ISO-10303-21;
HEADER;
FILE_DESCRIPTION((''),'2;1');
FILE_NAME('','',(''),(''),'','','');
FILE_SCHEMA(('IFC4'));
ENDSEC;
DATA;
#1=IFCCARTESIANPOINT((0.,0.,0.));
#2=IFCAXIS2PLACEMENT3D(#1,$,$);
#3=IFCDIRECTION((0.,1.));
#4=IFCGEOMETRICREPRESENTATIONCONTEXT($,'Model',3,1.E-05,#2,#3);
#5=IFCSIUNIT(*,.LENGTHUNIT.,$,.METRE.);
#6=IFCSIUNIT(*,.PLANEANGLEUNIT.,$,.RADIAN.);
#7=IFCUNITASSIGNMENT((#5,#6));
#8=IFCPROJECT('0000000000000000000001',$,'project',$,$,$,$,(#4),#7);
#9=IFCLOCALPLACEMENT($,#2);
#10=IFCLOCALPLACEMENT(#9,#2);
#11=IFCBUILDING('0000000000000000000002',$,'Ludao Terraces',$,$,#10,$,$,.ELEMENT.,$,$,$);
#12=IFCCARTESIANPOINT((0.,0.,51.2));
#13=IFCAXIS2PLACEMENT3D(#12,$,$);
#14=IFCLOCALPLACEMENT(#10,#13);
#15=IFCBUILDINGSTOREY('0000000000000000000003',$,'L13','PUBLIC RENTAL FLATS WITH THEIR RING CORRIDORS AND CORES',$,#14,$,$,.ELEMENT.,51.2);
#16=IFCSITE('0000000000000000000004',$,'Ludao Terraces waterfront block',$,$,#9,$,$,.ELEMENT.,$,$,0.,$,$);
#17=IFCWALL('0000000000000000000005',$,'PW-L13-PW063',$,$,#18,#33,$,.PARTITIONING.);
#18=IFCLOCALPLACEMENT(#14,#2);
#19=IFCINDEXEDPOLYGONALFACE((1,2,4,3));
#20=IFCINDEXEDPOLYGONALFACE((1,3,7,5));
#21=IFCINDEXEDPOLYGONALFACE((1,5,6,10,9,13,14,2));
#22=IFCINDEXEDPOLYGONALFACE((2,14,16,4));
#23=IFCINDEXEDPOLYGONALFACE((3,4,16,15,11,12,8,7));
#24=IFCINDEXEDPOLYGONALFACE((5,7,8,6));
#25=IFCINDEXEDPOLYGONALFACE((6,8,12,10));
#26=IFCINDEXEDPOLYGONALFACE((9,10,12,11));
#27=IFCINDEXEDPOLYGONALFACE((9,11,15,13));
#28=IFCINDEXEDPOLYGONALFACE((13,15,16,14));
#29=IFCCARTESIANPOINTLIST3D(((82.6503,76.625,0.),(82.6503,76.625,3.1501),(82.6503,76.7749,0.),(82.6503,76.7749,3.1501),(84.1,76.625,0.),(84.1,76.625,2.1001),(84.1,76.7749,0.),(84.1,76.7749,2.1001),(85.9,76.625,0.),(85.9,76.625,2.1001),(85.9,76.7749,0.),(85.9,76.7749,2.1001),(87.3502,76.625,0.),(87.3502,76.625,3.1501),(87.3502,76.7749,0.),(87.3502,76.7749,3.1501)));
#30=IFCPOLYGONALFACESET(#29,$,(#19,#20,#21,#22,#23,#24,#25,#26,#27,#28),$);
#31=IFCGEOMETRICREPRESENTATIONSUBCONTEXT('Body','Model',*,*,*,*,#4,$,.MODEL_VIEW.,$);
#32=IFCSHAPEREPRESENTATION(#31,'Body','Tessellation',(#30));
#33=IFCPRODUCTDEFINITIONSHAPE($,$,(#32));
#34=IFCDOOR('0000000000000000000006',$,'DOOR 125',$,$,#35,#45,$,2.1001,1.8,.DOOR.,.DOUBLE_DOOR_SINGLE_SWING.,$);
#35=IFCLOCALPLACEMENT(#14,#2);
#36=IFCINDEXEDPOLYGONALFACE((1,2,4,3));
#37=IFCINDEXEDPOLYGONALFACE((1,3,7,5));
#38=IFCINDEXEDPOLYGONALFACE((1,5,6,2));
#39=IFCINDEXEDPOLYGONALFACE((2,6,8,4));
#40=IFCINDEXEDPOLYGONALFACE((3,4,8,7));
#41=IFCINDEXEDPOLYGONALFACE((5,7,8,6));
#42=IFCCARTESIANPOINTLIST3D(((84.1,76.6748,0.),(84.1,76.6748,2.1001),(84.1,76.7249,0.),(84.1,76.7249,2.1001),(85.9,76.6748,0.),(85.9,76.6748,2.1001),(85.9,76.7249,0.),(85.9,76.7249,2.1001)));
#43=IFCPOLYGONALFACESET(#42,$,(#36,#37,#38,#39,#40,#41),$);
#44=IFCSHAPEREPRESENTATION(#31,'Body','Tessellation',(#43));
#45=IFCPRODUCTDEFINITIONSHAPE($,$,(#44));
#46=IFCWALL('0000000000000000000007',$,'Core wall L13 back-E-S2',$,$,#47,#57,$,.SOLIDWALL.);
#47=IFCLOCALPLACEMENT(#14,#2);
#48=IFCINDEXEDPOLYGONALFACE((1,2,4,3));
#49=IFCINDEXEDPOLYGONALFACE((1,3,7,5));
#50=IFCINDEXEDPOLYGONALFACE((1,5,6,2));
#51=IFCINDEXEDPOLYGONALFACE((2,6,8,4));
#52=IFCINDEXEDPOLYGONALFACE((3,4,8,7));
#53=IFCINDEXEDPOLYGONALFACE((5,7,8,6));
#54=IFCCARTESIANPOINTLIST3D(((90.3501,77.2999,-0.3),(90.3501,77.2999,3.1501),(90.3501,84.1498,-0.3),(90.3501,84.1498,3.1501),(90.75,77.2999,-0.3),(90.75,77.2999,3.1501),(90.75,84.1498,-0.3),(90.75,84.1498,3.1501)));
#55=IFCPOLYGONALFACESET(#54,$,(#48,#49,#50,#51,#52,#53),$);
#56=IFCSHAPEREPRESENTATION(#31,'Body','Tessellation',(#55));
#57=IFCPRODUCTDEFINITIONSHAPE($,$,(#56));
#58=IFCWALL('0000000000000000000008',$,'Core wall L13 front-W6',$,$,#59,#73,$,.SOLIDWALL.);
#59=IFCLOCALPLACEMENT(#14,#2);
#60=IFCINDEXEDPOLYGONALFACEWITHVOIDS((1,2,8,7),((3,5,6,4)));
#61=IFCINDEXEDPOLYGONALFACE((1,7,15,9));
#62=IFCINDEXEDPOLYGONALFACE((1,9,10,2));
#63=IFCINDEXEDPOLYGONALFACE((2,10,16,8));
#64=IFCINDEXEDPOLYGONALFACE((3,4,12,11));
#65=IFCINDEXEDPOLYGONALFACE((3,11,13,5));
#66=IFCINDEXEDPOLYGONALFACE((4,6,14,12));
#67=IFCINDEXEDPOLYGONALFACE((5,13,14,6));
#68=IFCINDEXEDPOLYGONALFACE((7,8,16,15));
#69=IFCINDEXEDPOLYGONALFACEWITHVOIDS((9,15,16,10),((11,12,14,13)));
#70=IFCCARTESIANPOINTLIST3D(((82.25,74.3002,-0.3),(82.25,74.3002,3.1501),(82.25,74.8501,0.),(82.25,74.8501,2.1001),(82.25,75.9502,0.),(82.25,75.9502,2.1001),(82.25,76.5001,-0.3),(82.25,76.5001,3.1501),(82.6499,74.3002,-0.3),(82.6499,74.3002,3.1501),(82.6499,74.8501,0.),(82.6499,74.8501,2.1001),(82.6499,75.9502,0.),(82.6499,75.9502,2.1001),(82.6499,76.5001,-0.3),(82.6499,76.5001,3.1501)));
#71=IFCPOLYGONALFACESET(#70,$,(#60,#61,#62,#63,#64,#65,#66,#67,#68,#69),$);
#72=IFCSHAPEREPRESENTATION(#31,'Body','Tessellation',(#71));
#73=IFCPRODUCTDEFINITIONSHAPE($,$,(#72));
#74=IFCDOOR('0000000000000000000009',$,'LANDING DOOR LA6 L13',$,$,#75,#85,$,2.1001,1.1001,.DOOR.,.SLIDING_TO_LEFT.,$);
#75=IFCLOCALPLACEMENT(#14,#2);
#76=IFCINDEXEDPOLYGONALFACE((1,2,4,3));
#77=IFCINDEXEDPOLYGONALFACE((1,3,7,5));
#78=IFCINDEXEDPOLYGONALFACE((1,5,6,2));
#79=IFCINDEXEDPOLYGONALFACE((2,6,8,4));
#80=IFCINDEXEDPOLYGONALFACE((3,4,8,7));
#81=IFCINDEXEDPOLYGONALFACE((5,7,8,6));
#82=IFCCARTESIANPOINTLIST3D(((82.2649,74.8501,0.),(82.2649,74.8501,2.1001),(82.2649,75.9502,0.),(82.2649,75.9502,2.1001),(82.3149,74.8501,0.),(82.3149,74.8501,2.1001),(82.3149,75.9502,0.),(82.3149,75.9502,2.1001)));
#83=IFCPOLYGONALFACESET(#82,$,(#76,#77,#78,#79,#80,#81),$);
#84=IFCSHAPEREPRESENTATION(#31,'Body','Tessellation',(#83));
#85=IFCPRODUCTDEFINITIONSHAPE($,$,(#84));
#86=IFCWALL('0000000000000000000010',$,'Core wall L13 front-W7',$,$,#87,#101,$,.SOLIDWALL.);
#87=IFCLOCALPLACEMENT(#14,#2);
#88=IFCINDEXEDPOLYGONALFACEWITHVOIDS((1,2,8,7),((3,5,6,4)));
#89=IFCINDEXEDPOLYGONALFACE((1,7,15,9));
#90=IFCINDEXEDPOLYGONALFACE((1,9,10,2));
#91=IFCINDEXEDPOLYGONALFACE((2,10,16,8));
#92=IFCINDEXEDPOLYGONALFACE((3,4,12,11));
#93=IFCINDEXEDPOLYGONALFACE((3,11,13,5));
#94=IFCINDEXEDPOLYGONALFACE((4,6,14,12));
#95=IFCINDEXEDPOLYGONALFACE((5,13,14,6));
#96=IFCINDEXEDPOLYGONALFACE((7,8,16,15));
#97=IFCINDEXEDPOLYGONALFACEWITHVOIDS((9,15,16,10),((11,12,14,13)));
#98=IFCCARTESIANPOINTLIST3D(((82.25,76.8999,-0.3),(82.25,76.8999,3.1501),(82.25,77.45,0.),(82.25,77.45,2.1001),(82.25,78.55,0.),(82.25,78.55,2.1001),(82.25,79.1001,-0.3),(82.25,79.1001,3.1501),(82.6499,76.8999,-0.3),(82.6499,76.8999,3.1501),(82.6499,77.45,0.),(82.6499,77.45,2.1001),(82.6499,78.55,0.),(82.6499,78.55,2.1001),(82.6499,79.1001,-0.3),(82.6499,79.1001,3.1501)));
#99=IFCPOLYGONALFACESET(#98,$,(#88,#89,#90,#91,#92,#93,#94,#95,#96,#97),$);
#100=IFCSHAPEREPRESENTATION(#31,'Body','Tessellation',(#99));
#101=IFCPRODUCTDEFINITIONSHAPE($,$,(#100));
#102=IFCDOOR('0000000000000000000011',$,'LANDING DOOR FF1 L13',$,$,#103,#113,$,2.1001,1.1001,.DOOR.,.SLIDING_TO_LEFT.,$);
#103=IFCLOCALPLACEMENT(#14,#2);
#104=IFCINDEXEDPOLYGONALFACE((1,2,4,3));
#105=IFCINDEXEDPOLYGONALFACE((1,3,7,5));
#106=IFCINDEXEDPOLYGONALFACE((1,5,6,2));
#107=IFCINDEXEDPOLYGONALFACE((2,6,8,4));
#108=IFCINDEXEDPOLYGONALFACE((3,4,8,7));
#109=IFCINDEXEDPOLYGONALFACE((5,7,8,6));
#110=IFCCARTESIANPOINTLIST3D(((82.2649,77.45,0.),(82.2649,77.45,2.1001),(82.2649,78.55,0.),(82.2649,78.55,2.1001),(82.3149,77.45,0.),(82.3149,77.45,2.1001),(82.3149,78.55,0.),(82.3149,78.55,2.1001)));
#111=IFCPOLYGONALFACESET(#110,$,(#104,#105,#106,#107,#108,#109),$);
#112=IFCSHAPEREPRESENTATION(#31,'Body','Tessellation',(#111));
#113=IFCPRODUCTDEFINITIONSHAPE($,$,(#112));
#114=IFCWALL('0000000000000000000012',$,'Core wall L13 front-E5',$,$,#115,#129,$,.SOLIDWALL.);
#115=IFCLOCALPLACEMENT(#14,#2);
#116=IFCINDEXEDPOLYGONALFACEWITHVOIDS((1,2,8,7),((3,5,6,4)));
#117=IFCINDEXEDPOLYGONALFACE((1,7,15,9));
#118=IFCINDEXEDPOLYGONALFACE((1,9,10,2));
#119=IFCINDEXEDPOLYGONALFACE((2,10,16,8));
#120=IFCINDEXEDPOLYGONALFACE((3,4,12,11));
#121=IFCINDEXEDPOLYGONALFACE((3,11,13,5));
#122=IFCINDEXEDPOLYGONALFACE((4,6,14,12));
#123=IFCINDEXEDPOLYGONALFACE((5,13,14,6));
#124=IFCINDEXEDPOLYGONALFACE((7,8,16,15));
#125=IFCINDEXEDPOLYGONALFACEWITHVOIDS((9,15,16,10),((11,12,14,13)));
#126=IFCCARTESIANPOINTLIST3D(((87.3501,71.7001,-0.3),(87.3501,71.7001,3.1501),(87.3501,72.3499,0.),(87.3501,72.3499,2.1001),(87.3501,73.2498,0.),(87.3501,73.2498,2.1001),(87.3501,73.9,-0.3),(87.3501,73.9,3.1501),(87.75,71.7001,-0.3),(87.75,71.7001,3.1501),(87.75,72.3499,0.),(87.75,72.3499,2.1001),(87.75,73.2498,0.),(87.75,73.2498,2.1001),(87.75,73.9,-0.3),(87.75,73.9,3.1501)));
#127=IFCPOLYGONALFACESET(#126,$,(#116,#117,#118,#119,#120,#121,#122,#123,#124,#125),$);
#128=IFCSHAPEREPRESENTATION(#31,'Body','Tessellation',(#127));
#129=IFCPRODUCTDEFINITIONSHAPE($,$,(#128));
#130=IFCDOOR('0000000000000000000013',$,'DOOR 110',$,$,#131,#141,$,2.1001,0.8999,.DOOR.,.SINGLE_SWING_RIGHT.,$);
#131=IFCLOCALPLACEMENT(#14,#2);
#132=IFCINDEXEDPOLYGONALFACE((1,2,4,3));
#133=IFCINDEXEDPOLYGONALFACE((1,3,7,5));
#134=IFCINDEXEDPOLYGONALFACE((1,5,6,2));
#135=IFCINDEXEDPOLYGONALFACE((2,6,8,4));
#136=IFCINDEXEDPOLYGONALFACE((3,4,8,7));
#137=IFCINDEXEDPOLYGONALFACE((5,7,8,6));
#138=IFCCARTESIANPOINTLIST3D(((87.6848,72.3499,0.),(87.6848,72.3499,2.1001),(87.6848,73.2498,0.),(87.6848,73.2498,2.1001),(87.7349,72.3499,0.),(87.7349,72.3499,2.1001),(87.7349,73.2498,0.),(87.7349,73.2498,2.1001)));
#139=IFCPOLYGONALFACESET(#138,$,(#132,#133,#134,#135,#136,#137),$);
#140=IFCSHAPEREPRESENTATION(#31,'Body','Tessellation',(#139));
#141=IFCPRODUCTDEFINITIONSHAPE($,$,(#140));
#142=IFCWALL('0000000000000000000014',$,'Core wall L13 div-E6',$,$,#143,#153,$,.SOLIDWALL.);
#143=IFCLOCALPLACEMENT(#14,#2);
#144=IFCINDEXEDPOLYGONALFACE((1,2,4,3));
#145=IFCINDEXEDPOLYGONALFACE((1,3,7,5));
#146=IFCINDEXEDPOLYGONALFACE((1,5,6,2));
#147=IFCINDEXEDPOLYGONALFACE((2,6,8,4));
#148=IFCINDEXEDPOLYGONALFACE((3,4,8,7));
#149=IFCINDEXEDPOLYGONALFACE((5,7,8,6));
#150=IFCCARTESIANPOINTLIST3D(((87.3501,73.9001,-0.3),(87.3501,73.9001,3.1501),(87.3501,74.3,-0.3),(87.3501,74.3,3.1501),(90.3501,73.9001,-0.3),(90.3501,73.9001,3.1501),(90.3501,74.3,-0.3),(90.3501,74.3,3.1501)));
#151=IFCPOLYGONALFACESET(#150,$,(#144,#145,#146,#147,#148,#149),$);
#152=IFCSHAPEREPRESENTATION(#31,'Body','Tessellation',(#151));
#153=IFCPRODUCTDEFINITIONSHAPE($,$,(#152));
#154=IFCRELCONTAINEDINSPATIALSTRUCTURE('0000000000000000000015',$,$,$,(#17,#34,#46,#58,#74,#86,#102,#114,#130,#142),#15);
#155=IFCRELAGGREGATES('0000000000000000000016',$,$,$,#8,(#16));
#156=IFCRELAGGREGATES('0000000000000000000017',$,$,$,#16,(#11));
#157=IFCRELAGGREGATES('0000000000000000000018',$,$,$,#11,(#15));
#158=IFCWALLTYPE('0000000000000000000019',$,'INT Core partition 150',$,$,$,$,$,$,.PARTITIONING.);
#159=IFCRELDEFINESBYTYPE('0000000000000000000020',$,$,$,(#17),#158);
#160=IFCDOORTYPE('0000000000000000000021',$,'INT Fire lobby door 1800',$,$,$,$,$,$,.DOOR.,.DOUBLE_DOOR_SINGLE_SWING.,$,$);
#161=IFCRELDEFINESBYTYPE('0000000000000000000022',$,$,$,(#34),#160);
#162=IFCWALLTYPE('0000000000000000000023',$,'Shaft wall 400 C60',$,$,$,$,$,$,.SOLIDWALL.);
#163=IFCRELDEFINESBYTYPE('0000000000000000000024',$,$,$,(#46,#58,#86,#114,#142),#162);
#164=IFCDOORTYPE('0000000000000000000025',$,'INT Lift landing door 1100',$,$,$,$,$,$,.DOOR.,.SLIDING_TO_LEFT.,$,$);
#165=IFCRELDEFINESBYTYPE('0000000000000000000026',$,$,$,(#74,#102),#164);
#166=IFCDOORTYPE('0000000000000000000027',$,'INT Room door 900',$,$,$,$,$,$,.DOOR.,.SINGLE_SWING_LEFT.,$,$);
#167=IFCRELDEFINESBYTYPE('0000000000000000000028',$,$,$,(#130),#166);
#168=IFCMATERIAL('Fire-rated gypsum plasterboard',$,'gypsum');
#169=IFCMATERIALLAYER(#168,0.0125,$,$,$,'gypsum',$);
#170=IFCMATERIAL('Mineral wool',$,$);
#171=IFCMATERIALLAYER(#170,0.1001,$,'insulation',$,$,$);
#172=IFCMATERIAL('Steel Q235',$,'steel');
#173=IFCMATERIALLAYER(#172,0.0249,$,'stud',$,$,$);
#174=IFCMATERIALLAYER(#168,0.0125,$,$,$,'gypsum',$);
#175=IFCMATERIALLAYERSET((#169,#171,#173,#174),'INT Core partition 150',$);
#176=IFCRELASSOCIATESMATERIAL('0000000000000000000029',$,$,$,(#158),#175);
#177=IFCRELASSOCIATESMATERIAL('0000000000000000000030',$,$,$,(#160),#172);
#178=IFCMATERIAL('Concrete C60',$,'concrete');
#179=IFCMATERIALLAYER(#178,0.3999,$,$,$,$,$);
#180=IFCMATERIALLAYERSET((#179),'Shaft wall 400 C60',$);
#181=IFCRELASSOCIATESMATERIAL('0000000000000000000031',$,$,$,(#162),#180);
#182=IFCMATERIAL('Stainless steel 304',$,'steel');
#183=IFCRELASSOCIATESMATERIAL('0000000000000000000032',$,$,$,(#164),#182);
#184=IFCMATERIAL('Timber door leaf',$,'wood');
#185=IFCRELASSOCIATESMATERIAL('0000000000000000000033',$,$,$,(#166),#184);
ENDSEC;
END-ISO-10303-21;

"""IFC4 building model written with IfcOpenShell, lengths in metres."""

from ifc_helpers import new_model, si_unit, direction, frame, frame_2d, origin, place, context, subcontext, project, spatial, rectangle, extrude, material, layer, layer_set, type_object, element, fill, save


model = new_model("IFC4")

# Units and contexts
model_context = context("Model", 3, precision=1e-05, world=origin(), true_north=direction((0.0, 1.0)))
body_context = subcontext(model_context, "Body", "Model", "MODEL_VIEW")
ifc_project = project(units=[si_unit("LENGTHUNIT", "METRE"), si_unit("PLANEANGLEUNIT", "RADIAN")], contexts=[model_context])

# Site, building, storey
site_placement = place(None, origin())
site = spatial("IfcSite", under=ifc_project, at=site_placement, Name="Ludao Terraces waterfront block", CompositionType="ELEMENT", RefElevation=0.0)
building_placement = place(site_placement, origin())
building = spatial("IfcBuilding", under=site, at=building_placement, Name="Ludao Terraces", CompositionType="ELEMENT")
storey_placement = place(building_placement, frame((0.0, 0.0, 51.2)))
storey = spatial("IfcBuildingStorey", under=building, at=storey_placement, Name="L13", Description="PUBLIC RENTAL FLATS WITH THEIR RING CORRIDORS AND CORES", CompositionType="ELEMENT", Elevation=51.2)

# Wall, opening, door
ifc_material_1 = material(Name="Fire-rated gypsum plasterboard", Category="gypsum")
ifc_layer_1 = layer(ifc_material_1, 0.0125, Category="gypsum")
ifc_material_2 = material(Name="Mineral wool")
ifc_layer_2 = layer(ifc_material_2, 0.1001, Name="insulation")
ifc_material_3 = material(Name="Steel Q235", Category="steel")
ifc_layer_3 = layer(ifc_material_3, 0.0249, Name="stud")
ifc_layer_4 = layer(ifc_material_1, 0.0125, Category="gypsum")
ifc_layer_set_1 = layer_set([ifc_layer_1, ifc_layer_2, ifc_layer_3, ifc_layer_4], Name="INT Core partition 150")
wall_type_1 = type_object("IfcWallType", Name="INT Core partition 150", PredefinedType="PARTITIONING", material=ifc_layer_set_1)
wall_1_placement = place(storey_placement, frame((82.6501, 76.7, 0.0), z_axis=(0.0, 0.0, 1.0), x_axis=(1.0, 0.0, 0.0)))
wall_1 = element("IfcWall", 1, at=wall_1_placement, inside=storey, type_object=wall_type_1, Name="PW-L13-PW063", PredefinedType="PARTITIONING", context=body_context, shape_type="SweptSolid", body=[
    extrude(rectangle(XDim=4.7, YDim=0.1499, at=frame_2d((2.3501, 0.0))), origin(), (0.0, 0.0, 1.0), 3.1501),
])
opening_1_placement = place(wall_1_placement, frame((1.45, 0.0, 0.0)))
opening_1 = element("IfcOpeningElement", 2, at=opening_1_placement, cuts=wall_1, PredefinedType="OPENING", context=body_context, shape_type="SweptSolid", body=[
    extrude(rectangle(XDim=1.8, YDim=2.1001, at=frame_2d((0.8999, 1.05))), frame((0.0, 0.085, 0.0), z_axis=(0.0, -1.0, 0.0), x_axis=(1.0, 0.0, 0.0)), (0.0, 0.0, 1.0), 0.1699),
])
door_type_1 = type_object("IfcDoorType", Name="INT Fire lobby door 1800", OperationType="DOUBLE_DOOR_SINGLE_SWING", PredefinedType="DOOR", material=ifc_material_3)
door_1_placement = place(opening_1_placement, origin())
door_1 = element("IfcDoor", 3, at=door_1_placement, inside=storey, type_object=door_type_1, Name="DOOR 125", OperationType="DOUBLE_DOOR_SINGLE_SWING", OverallHeight=2.1001, OverallWidth=1.8, PredefinedType="DOOR", context=body_context, shape_type="SweptSolid", body=[
    extrude(rectangle(XDim=1.8, YDim=2.1001, at=frame_2d((0.8999, 1.05))), frame((0.0, 0.0249, 0.0), z_axis=(0.0, -1.0, 0.0), x_axis=(1.0, 0.0, 0.0)), (0.0, 0.0, 1.0), 0.05),
])
fill(opening_1, door_1)

# Wall
ifc_material_4 = material(Name="Concrete C60", Category="concrete")
ifc_layer_5 = layer(ifc_material_4, 0.3999)
ifc_layer_set_2 = layer_set([ifc_layer_5], Name="Shaft wall 400 C60")
wall_type_2 = type_object("IfcWallType", Name="Shaft wall 400 C60", PredefinedType="SOLIDWALL", material=ifc_layer_set_2)
wall_2_placement = place(storey_placement, frame((90.55, 77.3, -0.3), z_axis=(0.0, 0.0, 1.0), x_axis=(0.0, 1.0, 0.0)))
element("IfcWall", 4, at=wall_2_placement, inside=storey, type_object=wall_type_2, Name="Core wall L13 back-E-S2", PredefinedType="SOLIDWALL", context=body_context, shape_type="SweptSolid", body=[
    extrude(rectangle(XDim=6.8499, YDim=0.3999, at=frame_2d((3.4248, 0.0))), origin(), (0.0, 0.0, 1.0), 3.4502),
])

# Walls, openings, doors
wall_3_placement = place(storey_placement, frame((82.45, 74.3, -0.3), z_axis=(0.0, 0.0, 1.0), x_axis=(0.0, 1.0, 0.0)))
wall_3 = element("IfcWall", 5, at=wall_3_placement, inside=storey, type_object=wall_type_2, Name="Core wall L13 front-W6", PredefinedType="SOLIDWALL", context=body_context, shape_type="SweptSolid", body=[
    extrude(rectangle(XDim=2.2, YDim=0.3999, at=frame_2d((1.1001, 0.0))), origin(), (0.0, 0.0, 1.0), 3.4502),
])
opening_2_placement = place(wall_3_placement, frame((0.55, 0.0, 0.3)))
opening_2 = element("IfcOpeningElement", 6, at=opening_2_placement, cuts=wall_3, PredefinedType="OPENING", context=body_context, shape_type="SweptSolid", body=[
    extrude(rectangle(XDim=1.1001, YDim=2.1001, at=frame_2d((0.55, 1.05))), frame((0.0, 0.21, 0.0), z_axis=(0.0, -1.0, 0.0), x_axis=(1.0, 0.0, 0.0)), (0.0, 0.0, 1.0), 0.4199),
])
ifc_material_5 = material(Name="Stainless steel 304", Category="steel")
door_type_2 = type_object("IfcDoorType", Name="INT Lift landing door 1100", OperationType="SLIDING_TO_LEFT", PredefinedType="DOOR", material=ifc_material_5)
door_2_placement = place(opening_2_placement, origin())
door_2 = element("IfcDoor", 7, at=door_2_placement, inside=storey, type_object=door_type_2, Name="LANDING DOOR LA6 L13", OperationType="SLIDING_TO_LEFT", OverallHeight=2.1001, OverallWidth=1.1001, PredefinedType="DOOR", context=body_context, shape_type="SweptSolid", body=[
    extrude(rectangle(XDim=1.1001, YDim=2.1001, at=frame_2d((0.55, 1.05))), frame((0.0, 0.1851, 0.0), z_axis=(0.0, -1.0, 0.0), x_axis=(1.0, 0.0, 0.0)), (0.0, 0.0, 1.0), 0.05),
])
fill(opening_2, door_2)
wall_4_placement = place(storey_placement, frame((82.45, 76.8999, -0.3), z_axis=(0.0, 0.0, 1.0), x_axis=(0.0, 1.0, 0.0)))
wall_4 = element("IfcWall", 8, at=wall_4_placement, inside=storey, type_object=wall_type_2, Name="Core wall L13 front-W7", PredefinedType="SOLIDWALL", context=body_context, shape_type="SweptSolid", body=[
    extrude(rectangle(XDim=2.2002, YDim=0.3999, at=frame_2d((1.1001, 0.0))), origin(), (0.0, 0.0, 1.0), 3.4502),
])
opening_3_placement = place(wall_4_placement, frame((0.55, 0.0, 0.3)))
opening_3 = element("IfcOpeningElement", 9, at=opening_3_placement, cuts=wall_4, PredefinedType="OPENING", context=body_context, shape_type="SweptSolid", body=[
    extrude(rectangle(XDim=1.1001, YDim=2.1001, at=frame_2d((0.55, 1.05))), frame((0.0, 0.21, 0.0), z_axis=(0.0, -1.0, 0.0), x_axis=(1.0, 0.0, 0.0)), (0.0, 0.0, 1.0), 0.4199),
])
door_3_placement = place(opening_3_placement, origin())
door_3 = element("IfcDoor", 10, at=door_3_placement, inside=storey, type_object=door_type_2, Name="LANDING DOOR FF1 L13", OperationType="SLIDING_TO_LEFT", OverallHeight=2.1001, OverallWidth=1.1001, PredefinedType="DOOR", context=body_context, shape_type="SweptSolid", body=[
    extrude(rectangle(XDim=1.1001, YDim=2.1001, at=frame_2d((0.55, 1.05))), frame((0.0, 0.1851, 0.0), z_axis=(0.0, -1.0, 0.0), x_axis=(1.0, 0.0, 0.0)), (0.0, 0.0, 1.0), 0.05),
])
fill(opening_3, door_3)
wall_5_placement = place(storey_placement, frame((87.55, 71.7, -0.3), z_axis=(0.0, 0.0, 1.0), x_axis=(0.0, 1.0, 0.0)))
wall_5 = element("IfcWall", 11, at=wall_5_placement, inside=storey, type_object=wall_type_2, Name="Core wall L13 front-E5", PredefinedType="SOLIDWALL", context=body_context, shape_type="SweptSolid", body=[
    extrude(rectangle(XDim=2.2, YDim=0.3999, at=frame_2d((1.1001, 0.0))), origin(), (0.0, 0.0, 1.0), 3.4502),
])
opening_4_placement = place(wall_5_placement, frame((0.6499, 0.0, 0.3)))
opening_4 = element("IfcOpeningElement", 12, at=opening_4_placement, cuts=wall_5, PredefinedType="OPENING", context=body_context, shape_type="SweptSolid", body=[
    extrude(rectangle(XDim=0.8999, YDim=2.1001, at=frame_2d((0.45, 1.05))), frame((0.0, 0.21, 0.0), z_axis=(0.0, -1.0, 0.0), x_axis=(1.0, 0.0, 0.0)), (0.0, 0.0, 1.0), 0.4199),
])
ifc_material_6 = material(Name="Timber door leaf", Category="wood")
door_type_3 = type_object("IfcDoorType", Name="INT Room door 900", OperationType="SINGLE_SWING_LEFT", PredefinedType="DOOR", material=ifc_material_6)
door_4_placement = place(opening_4_placement, origin())
door_4 = element("IfcDoor", 13, at=door_4_placement, inside=storey, type_object=door_type_3, Name="DOOR 110", OperationType="SINGLE_SWING_RIGHT", OverallHeight=2.1001, OverallWidth=0.8999, PredefinedType="DOOR", context=body_context, shape_type="SweptSolid", body=[
    extrude(rectangle(XDim=0.8999, YDim=2.1001, at=frame_2d((0.45, 1.05))), frame((0.0, -0.1348, 0.0), z_axis=(0.0, -1.0, 0.0), x_axis=(1.0, 0.0, 0.0)), (0.0, 0.0, 1.0), 0.05),
])
fill(opening_4, door_4)

# Wall
wall_6_placement = place(storey_placement, frame((87.3501, 74.1001, -0.3), z_axis=(0.0, 0.0, 1.0), x_axis=(1.0, 0.0, 0.0)))
element("IfcWall", 14, at=wall_6_placement, inside=storey, type_object=wall_type_2, Name="Core wall L13 div-E6", PredefinedType="SOLIDWALL", context=body_context, shape_type="SweptSolid", body=[
    extrude(rectangle(XDim=3.0, YDim=0.3999, at=frame_2d((1.5, 0.0))), origin(), (0.0, 0.0, 1.0), 3.4502),
])

save(model, "model.ifc")
